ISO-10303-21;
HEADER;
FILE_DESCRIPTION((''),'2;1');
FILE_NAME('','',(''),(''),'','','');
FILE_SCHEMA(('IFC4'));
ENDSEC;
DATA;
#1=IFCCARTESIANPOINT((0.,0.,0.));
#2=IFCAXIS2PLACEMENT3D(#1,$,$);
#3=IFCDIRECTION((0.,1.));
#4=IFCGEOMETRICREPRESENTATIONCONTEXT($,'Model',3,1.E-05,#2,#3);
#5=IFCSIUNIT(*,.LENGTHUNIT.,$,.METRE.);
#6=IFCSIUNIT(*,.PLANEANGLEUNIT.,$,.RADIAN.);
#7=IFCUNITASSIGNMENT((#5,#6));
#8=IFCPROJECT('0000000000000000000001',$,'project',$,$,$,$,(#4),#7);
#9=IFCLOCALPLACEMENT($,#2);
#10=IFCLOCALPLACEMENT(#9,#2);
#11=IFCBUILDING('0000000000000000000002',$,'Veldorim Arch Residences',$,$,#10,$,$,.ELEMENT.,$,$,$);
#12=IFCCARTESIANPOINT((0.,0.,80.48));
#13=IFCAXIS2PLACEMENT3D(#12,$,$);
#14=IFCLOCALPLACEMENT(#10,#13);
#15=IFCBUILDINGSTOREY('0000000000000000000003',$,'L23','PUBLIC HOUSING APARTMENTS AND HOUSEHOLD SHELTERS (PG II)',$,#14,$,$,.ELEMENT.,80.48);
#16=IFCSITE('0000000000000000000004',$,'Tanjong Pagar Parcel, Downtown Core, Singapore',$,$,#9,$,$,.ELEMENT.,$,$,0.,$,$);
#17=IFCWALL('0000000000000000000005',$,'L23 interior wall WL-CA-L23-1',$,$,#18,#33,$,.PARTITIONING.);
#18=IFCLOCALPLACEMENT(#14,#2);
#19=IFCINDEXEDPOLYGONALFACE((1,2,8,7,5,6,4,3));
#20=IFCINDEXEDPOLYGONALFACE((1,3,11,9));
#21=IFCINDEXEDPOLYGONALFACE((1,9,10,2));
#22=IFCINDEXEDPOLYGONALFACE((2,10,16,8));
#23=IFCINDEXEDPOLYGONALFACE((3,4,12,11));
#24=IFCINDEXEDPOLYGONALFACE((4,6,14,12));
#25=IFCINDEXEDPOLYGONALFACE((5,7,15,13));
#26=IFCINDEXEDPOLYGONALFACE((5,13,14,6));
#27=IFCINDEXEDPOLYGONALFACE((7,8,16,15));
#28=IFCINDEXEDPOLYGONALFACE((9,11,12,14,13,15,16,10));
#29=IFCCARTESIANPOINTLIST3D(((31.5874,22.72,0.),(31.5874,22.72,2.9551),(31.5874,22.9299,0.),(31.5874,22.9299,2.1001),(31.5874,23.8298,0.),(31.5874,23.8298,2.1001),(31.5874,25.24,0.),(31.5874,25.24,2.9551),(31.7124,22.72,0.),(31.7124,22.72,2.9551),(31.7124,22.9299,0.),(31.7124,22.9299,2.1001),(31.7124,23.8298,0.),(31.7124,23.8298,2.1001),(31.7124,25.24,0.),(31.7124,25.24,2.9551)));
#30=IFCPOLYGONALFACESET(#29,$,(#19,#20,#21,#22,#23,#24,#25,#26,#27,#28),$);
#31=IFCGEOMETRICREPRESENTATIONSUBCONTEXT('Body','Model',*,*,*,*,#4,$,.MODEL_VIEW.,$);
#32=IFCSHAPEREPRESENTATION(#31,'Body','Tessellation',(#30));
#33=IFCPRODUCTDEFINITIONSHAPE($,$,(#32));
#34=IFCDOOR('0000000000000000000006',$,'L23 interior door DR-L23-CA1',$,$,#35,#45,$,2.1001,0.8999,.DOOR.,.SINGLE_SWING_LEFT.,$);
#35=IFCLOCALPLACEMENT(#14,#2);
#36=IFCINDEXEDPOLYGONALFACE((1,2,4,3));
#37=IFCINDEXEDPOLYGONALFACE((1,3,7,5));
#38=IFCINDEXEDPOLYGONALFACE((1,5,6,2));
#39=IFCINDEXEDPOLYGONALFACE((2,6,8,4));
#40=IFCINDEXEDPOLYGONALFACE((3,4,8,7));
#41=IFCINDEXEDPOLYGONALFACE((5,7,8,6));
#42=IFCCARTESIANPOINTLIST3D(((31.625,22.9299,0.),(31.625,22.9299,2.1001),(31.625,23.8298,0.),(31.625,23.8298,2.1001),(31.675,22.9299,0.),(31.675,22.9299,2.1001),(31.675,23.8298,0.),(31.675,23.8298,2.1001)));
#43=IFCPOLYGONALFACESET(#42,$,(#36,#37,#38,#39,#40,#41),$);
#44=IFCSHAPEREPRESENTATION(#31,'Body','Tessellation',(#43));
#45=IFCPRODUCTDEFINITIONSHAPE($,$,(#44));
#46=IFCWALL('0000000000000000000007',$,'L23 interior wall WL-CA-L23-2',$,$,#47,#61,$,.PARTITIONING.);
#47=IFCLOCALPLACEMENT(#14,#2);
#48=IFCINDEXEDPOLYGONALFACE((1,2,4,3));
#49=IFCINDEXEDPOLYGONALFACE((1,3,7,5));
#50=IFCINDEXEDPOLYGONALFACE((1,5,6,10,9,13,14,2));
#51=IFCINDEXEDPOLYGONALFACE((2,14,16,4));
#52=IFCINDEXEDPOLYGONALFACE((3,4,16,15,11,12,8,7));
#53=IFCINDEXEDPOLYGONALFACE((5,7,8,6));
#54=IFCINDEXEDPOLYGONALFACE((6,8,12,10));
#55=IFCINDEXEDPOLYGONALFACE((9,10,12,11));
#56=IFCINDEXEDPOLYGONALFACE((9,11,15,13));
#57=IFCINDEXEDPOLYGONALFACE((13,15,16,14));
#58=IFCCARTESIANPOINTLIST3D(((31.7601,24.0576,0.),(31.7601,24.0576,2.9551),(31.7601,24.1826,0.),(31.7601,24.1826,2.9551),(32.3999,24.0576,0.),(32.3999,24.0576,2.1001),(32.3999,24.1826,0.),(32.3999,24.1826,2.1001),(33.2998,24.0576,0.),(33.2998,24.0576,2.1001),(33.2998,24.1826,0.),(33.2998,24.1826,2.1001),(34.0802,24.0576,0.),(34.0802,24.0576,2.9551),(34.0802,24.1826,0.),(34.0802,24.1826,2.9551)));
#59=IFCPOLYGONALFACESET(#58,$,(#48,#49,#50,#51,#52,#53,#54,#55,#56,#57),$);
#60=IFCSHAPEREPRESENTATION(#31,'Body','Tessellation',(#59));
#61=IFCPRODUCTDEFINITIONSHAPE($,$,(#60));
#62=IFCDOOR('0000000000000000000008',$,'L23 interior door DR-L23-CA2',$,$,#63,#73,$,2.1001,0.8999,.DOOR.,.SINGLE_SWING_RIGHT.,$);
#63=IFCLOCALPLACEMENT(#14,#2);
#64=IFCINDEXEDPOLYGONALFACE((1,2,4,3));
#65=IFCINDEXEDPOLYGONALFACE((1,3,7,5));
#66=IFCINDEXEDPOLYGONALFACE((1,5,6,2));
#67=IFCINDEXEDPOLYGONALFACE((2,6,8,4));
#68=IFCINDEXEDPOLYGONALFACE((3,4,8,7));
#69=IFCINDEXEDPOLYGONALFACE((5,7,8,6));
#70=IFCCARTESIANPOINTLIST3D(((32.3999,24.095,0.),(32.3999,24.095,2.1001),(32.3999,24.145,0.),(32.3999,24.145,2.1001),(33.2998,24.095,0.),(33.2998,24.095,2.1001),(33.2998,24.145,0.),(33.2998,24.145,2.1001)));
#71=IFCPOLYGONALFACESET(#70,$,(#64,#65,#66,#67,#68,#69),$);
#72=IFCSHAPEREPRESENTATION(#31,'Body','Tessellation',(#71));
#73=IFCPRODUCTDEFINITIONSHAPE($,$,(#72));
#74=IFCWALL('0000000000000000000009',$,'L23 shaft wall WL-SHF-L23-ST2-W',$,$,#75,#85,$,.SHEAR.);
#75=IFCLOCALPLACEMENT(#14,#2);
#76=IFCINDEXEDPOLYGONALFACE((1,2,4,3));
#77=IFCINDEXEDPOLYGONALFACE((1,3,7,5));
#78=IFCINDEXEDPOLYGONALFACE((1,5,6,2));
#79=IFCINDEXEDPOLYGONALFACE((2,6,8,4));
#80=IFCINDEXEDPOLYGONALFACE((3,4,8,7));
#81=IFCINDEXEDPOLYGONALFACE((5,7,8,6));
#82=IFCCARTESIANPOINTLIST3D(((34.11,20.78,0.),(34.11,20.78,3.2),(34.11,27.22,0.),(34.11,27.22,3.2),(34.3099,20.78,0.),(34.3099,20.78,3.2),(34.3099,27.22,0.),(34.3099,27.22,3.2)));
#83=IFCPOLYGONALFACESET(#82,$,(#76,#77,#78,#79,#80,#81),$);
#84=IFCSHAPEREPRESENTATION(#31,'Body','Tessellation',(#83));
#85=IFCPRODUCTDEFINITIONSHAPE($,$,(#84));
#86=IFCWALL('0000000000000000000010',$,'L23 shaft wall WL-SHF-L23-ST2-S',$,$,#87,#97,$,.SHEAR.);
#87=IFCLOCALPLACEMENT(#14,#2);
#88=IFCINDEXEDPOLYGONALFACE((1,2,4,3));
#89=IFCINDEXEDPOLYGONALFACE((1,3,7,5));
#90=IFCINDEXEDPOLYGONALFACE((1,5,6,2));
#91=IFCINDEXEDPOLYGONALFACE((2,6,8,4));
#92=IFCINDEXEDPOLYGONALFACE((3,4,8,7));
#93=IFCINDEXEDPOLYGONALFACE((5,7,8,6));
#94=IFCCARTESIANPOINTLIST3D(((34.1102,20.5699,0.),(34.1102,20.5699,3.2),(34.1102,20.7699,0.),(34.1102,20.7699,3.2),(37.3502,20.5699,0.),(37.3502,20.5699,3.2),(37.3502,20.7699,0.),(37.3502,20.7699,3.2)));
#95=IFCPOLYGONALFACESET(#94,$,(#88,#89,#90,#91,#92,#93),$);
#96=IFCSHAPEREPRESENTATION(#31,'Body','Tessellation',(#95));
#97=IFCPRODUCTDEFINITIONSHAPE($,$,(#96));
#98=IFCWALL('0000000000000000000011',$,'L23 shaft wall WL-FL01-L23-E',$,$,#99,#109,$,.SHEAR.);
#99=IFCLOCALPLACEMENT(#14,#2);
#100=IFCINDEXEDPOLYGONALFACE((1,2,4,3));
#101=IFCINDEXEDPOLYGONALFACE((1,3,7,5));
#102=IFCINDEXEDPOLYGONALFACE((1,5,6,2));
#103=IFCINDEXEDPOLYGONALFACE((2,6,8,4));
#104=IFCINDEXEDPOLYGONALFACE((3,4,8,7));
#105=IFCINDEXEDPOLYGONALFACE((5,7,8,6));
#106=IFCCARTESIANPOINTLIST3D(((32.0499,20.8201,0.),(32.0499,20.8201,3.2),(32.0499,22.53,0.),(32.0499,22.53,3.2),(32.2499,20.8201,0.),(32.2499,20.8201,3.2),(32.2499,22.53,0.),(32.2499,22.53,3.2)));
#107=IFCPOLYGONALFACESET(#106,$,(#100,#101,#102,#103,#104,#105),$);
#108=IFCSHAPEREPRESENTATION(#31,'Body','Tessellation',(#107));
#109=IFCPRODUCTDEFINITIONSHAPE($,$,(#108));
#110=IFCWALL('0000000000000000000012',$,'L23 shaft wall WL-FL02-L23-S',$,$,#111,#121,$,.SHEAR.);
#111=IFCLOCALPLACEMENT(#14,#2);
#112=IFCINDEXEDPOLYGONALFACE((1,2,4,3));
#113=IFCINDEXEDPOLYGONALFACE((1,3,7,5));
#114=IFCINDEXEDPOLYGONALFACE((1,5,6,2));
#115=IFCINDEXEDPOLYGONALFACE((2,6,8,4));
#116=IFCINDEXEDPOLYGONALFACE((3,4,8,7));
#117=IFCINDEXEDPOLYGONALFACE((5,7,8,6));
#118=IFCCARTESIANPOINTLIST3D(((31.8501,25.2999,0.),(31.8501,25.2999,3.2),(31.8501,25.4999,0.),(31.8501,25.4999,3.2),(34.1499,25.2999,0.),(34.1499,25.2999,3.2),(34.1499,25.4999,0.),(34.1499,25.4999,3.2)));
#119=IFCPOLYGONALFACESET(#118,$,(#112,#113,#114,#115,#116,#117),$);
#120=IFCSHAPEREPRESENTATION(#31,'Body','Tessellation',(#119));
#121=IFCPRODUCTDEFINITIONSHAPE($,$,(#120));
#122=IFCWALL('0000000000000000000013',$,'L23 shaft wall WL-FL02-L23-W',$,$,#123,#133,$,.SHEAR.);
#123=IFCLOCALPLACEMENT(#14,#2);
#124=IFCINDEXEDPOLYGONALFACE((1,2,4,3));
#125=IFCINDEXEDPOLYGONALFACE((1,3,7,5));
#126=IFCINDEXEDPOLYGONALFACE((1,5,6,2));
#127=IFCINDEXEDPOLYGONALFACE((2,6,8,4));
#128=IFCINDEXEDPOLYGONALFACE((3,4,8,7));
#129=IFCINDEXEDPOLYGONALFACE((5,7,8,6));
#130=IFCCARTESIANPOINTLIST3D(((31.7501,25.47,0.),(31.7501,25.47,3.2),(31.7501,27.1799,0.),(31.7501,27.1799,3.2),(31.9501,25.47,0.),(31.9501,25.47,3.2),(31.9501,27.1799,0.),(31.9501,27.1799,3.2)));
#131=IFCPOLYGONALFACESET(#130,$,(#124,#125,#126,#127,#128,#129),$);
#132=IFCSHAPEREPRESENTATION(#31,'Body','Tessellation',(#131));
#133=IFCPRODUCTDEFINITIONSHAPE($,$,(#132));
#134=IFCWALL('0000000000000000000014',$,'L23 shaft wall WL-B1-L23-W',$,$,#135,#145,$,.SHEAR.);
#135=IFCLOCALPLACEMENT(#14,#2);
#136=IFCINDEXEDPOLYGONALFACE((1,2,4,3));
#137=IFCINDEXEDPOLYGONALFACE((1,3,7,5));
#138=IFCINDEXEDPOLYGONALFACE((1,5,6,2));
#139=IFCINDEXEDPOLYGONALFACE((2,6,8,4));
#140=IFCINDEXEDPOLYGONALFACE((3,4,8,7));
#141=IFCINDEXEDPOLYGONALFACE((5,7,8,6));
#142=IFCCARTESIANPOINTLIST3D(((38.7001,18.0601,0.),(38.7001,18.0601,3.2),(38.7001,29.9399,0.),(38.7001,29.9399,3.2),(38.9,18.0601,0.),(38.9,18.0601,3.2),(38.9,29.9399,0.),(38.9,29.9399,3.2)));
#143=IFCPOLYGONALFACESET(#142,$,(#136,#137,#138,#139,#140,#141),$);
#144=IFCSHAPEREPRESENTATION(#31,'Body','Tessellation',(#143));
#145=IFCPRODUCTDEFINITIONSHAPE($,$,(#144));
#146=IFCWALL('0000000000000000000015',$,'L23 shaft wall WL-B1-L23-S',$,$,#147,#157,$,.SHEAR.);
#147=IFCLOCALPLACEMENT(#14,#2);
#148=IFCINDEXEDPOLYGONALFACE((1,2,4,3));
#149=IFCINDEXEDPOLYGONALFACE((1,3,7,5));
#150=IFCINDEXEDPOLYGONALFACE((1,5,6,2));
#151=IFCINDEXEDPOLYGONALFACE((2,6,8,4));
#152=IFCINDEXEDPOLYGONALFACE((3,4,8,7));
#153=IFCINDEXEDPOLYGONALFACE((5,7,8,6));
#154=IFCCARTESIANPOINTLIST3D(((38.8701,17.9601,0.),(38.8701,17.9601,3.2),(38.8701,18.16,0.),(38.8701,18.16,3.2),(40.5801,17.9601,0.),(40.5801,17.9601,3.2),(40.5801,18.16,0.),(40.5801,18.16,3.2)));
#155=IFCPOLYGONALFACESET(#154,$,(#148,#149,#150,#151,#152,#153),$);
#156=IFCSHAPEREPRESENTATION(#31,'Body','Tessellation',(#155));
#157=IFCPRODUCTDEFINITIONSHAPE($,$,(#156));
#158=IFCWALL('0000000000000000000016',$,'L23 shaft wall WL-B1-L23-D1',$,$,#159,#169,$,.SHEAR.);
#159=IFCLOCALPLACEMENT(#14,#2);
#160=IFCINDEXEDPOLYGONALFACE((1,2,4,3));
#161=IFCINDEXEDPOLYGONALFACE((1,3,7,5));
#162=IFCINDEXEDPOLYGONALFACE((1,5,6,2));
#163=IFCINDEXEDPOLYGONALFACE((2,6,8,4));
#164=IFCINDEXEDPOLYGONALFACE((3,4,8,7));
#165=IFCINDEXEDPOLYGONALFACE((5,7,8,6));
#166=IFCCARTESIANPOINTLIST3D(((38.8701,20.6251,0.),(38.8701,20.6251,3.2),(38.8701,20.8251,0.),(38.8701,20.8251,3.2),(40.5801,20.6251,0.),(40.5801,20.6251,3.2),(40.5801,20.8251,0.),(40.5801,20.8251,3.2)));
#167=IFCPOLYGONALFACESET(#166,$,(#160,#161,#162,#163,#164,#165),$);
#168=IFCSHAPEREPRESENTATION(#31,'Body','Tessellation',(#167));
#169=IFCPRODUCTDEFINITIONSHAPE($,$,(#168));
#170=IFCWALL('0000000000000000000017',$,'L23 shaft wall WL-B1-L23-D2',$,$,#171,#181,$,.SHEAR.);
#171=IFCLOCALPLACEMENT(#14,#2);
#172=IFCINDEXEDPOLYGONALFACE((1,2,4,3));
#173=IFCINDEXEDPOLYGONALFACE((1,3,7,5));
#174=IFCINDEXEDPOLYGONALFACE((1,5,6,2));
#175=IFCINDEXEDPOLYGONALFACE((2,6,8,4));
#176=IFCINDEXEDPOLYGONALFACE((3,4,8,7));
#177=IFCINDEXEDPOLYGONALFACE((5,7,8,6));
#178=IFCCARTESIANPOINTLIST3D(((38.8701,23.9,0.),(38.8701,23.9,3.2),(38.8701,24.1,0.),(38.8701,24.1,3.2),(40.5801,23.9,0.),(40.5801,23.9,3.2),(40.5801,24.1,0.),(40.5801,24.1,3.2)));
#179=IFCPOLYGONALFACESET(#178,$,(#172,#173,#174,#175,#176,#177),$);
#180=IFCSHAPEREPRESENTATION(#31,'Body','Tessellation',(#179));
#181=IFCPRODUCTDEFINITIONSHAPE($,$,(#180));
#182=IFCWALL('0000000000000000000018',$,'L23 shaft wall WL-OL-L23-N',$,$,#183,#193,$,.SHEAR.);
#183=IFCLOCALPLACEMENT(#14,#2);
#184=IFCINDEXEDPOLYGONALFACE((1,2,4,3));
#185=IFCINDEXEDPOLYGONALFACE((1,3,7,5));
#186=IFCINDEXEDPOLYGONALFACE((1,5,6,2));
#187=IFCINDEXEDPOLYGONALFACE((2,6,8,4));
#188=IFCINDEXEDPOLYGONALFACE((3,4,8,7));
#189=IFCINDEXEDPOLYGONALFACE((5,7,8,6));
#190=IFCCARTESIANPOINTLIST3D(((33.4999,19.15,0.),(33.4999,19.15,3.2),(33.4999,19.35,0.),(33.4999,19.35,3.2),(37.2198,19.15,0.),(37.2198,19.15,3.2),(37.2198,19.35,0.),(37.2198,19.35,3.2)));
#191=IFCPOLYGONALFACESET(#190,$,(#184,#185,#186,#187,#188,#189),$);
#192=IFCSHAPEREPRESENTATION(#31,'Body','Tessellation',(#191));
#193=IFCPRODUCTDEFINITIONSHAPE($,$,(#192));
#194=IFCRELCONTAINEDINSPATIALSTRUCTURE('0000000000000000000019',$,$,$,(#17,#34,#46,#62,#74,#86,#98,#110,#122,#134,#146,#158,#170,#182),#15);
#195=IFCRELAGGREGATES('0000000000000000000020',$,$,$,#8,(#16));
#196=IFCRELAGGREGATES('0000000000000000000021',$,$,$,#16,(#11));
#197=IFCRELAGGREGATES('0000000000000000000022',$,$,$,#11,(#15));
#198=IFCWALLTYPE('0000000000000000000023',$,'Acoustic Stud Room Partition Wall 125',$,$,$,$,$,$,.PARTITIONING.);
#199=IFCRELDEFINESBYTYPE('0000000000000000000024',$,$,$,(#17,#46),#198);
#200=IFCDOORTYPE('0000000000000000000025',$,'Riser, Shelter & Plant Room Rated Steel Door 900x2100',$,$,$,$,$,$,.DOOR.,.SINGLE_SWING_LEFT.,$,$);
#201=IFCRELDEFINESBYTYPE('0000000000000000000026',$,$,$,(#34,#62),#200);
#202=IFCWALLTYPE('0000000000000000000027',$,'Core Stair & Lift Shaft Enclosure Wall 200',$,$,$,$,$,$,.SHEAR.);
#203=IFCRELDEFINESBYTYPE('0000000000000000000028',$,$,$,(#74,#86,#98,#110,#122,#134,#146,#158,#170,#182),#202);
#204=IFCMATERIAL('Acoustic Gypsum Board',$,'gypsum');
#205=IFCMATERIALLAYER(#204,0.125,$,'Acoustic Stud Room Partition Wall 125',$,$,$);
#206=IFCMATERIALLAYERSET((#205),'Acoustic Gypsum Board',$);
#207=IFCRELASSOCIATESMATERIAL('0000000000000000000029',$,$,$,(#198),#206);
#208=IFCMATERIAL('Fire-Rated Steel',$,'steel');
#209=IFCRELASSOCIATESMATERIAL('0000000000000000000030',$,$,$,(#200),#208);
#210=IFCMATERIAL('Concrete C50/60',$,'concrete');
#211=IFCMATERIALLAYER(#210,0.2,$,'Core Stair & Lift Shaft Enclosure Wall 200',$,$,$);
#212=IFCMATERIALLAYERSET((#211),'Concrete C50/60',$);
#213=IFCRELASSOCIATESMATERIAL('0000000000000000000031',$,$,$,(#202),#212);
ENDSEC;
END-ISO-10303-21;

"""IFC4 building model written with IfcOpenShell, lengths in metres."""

from ifc_helpers import new_model, si_unit, direction, frame, frame_2d, origin, place, context, subcontext, project, spatial, rectangle, extrude, material, layer, layer_set, type_object, element, fill, save


model = new_model("IFC4")

# Units and contexts
model_context = context("Model", 3, precision=1e-05, world=origin(), true_north=direction((0.0, 1.0)))
body_context = subcontext(model_context, "Body", "Model", "MODEL_VIEW")
ifc_project = project(units=[si_unit("LENGTHUNIT", "METRE"), si_unit("PLANEANGLEUNIT", "RADIAN")], contexts=[model_context])

# Site, building, storey
site_placement = place(None, origin())
site = spatial("IfcSite", under=ifc_project, at=site_placement, Name="Tanjong Pagar Parcel, Downtown Core, Singapore", CompositionType="ELEMENT", RefElevation=0.0)
building_placement = place(site_placement, origin())
building = spatial("IfcBuilding", under=site, at=building_placement, Name="Veldorim Arch Residences", CompositionType="ELEMENT")
storey_placement = place(building_placement, frame((0.0, 0.0, 80.48)))
storey = spatial("IfcBuildingStorey", under=building, at=storey_placement, Name="L23", Description="PUBLIC HOUSING APARTMENTS AND HOUSEHOLD SHELTERS (PG II)", CompositionType="ELEMENT", Elevation=80.48)

# Walls, openings, doors
ifc_material_1 = material(Name="Acoustic Gypsum Board", Category="gypsum")
ifc_layer_1 = layer(ifc_material_1, 0.125, Name="Acoustic Stud Room Partition Wall 125")
ifc_layer_set_1 = layer_set([ifc_layer_1], Name="Acoustic Gypsum Board")
wall_type_1 = type_object("IfcWallType", Name="Acoustic Stud Room Partition Wall 125", PredefinedType="PARTITIONING", material=ifc_layer_set_1)
wall_1_placement = place(storey_placement, frame((31.6499, 22.72, 0.0), z_axis=(0.0, 0.0, 1.0), x_axis=(0.0, 1.0, 0.0)))
wall_1 = element("IfcWall", 1, at=wall_1_placement, inside=storey, type_object=wall_type_1, Name="L23 interior wall WL-CA-L23-1", PredefinedType="PARTITIONING", context=body_context, shape_type="SweptSolid", body=[
    extrude(rectangle(XDim=2.52, YDim=0.125, at=frame_2d((1.26, 0.0))), origin(), (0.0, 0.0, 1.0), 2.9551),
])
opening_1_placement = place(wall_1_placement, frame((0.21, 0.0, 0.0)))
opening_1 = element("IfcOpeningElement", 2, at=opening_1_placement, cuts=wall_1, PredefinedType="OPENING", context=body_context, shape_type="SweptSolid", body=[
    extrude(rectangle(XDim=0.8999, YDim=2.1001, at=frame_2d((0.45, 1.05))), frame((0.0, 0.0725, 0.0), z_axis=(0.0, -1.0, 0.0), x_axis=(1.0, 0.0, 0.0)), (0.0, 0.0, 1.0), 0.145),
])
ifc_material_2 = material(Name="Fire-Rated Steel", Category="steel")
door_type = type_object("IfcDoorType", Name="Riser, Shelter & Plant Room Rated Steel Door 900x2100", OperationType="SINGLE_SWING_LEFT", PredefinedType="DOOR", material=ifc_material_2)
door_1_placement = place(opening_1_placement, origin())
door_1 = element("IfcDoor", 3, at=door_1_placement, inside=storey, type_object=door_type, Name="L23 interior door DR-L23-CA1", OperationType="SINGLE_SWING_LEFT", OverallHeight=2.1001, OverallWidth=0.8999, PredefinedType="DOOR", context=body_context, shape_type="SweptSolid", body=[
    extrude(rectangle(XDim=0.8999, YDim=2.1001, at=frame_2d((0.45, 1.05))), frame((0.0, 0.0249, 0.0), z_axis=(0.0, -1.0, 0.0), x_axis=(1.0, 0.0, 0.0)), (0.0, 0.0, 1.0), 0.05),
])
fill(opening_1, door_1)
wall_2_placement = place(storey_placement, frame((31.76, 24.1201, 0.0), z_axis=(0.0, 0.0, 1.0), x_axis=(1.0, 0.0, 0.0)))
wall_2 = element("IfcWall", 4, at=wall_2_placement, inside=storey, type_object=wall_type_1, Name="L23 interior wall WL-CA-L23-2", PredefinedType="PARTITIONING", context=body_context, shape_type="SweptSolid", body=[
    extrude(rectangle(XDim=2.3201, YDim=0.125, at=frame_2d((1.1602, 0.0))), origin(), (0.0, 0.0, 1.0), 2.9551),
])
opening_2_placement = place(wall_2_placement, frame((0.6399, 0.0, 0.0)))
opening_2 = element("IfcOpeningElement", 5, at=opening_2_placement, cuts=wall_2, PredefinedType="OPENING", context=body_context, shape_type="SweptSolid", body=[
    extrude(rectangle(XDim=0.8999, YDim=2.1001, at=frame_2d((0.45, 1.05))), frame((0.0, 0.0725, 0.0), z_axis=(0.0, -1.0, 0.0), x_axis=(1.0, 0.0, 0.0)), (0.0, 0.0, 1.0), 0.145),
])
door_2_placement = place(opening_2_placement, origin())
door_2 = element("IfcDoor", 6, at=door_2_placement, inside=storey, type_object=door_type, Name="L23 interior door DR-L23-CA2", OperationType="SINGLE_SWING_RIGHT", OverallHeight=2.1001, OverallWidth=0.8999, PredefinedType="DOOR", context=body_context, shape_type="SweptSolid", body=[
    extrude(rectangle(XDim=0.8999, YDim=2.1001, at=frame_2d((0.45, 1.05))), frame((0.0, 0.0249, 0.0), z_axis=(0.0, -1.0, 0.0), x_axis=(1.0, 0.0, 0.0)), (0.0, 0.0, 1.0), 0.05),
])
fill(opening_2, door_2)

# Walls
ifc_material_3 = material(Name="Concrete C50/60", Category="concrete")
ifc_layer_2 = layer(ifc_material_3, 0.2, Name="Core Stair & Lift Shaft Enclosure Wall 200")
ifc_layer_set_2 = layer_set([ifc_layer_2], Name="Concrete C50/60")
wall_type_2 = type_object("IfcWallType", Name="Core Stair & Lift Shaft Enclosure Wall 200", PredefinedType="SHEAR", material=ifc_layer_set_2)
wall_3_placement = place(storey_placement, frame((34.21, 20.78, 0.0), z_axis=(0.0, 0.0, 1.0), x_axis=(0.0, 1.0, 0.0)))
element("IfcWall", 7, at=wall_3_placement, inside=storey, type_object=wall_type_2, Name="L23 shaft wall WL-SHF-L23-ST2-W", PredefinedType="SHEAR", context=body_context, shape_type="SweptSolid", body=[
    extrude(rectangle(XDim=6.4399, YDim=0.2, at=frame_2d((3.22, 0.0))), origin(), (0.0, 0.0, 1.0), 3.2),
])
wall_4_placement = place(storey_placement, frame((34.1101, 20.6699, 0.0), z_axis=(0.0, 0.0, 1.0), x_axis=(1.0, 0.0, 0.0)))
element("IfcWall", 8, at=wall_4_placement, inside=storey, type_object=wall_type_2, Name="L23 shaft wall WL-SHF-L23-ST2-S", PredefinedType="SHEAR", context=body_context, shape_type="SweptSolid", body=[
    extrude(rectangle(XDim=3.24, YDim=0.2, at=frame_2d((1.6201, 0.0))), origin(), (0.0, 0.0, 1.0), 3.2),
])
wall_5_placement = place(storey_placement, frame((32.1499, 20.8201, 0.0), z_axis=(0.0, 0.0, 1.0), x_axis=(0.0, 1.0, 0.0)))
element("IfcWall", 9, at=wall_5_placement, inside=storey, type_object=wall_type_2, Name="L23 shaft wall WL-FL01-L23-E", PredefinedType="SHEAR", context=body_context, shape_type="SweptSolid", body=[
    extrude(rectangle(XDim=1.71, YDim=0.2, at=frame_2d((0.855, 0.0))), origin(), (0.0, 0.0, 1.0), 3.2),
])
wall_6_placement = place(storey_placement, frame((31.8501, 25.3999, 0.0), z_axis=(0.0, 0.0, 1.0), x_axis=(1.0, 0.0, 0.0)))
element("IfcWall", 10, at=wall_6_placement, inside=storey, type_object=wall_type_2, Name="L23 shaft wall WL-FL02-L23-S", PredefinedType="SHEAR", context=body_context, shape_type="SweptSolid", body=[
    extrude(rectangle(XDim=2.2998, YDim=0.2, at=frame_2d((1.1499, 0.0))), origin(), (0.0, 0.0, 1.0), 3.2),
])
wall_7_placement = place(storey_placement, frame((31.8501, 25.47, 0.0), z_axis=(0.0, 0.0, 1.0), x_axis=(0.0, 1.0, 0.0)))
element("IfcWall", 11, at=wall_7_placement, inside=storey, type_object=wall_type_2, Name="L23 shaft wall WL-FL02-L23-W", PredefinedType="SHEAR", context=body_context, shape_type="SweptSolid", body=[
    extrude(rectangle(XDim=1.71, YDim=0.2, at=frame_2d((0.855, 0.0))), origin(), (0.0, 0.0, 1.0), 3.2),
])
wall_8_placement = place(storey_placement, frame((38.8, 18.0601, 0.0), z_axis=(0.0, 0.0, 1.0), x_axis=(0.0, 1.0, 0.0)))
element("IfcWall", 12, at=wall_8_placement, inside=storey, type_object=wall_type_2, Name="L23 shaft wall WL-B1-L23-W", PredefinedType="SHEAR", context=body_context, shape_type="SweptSolid", body=[
    extrude(rectangle(XDim=11.8799, YDim=0.2, at=frame_2d((5.9399, 0.0))), origin(), (0.0, 0.0, 1.0), 3.2),
])
for number, where, z_axis, x_axis, name in (
    (13, (38.8701, 18.0601, 0.0), (0.0, 0.0, 1.0), (1.0, 0.0, 0.0), "L23 shaft wall WL-B1-L23-S"),
    (14, (38.8701, 20.7251, 0.0), (0.0, 0.0, 1.0), (1.0, 0.0, 0.0), "L23 shaft wall WL-B1-L23-D1"),
    (15, (38.8701, 24.0, 0.0), (0.0, 0.0, 1.0), (1.0, 0.0, 0.0), "L23 shaft wall WL-B1-L23-D2"),
):
    element("IfcWall", number, at=place(storey_placement, frame(where, z_axis=z_axis, x_axis=x_axis)), inside=storey, type_object=wall_type_2, Name=name, PredefinedType="SHEAR", context=body_context, shape_type="SweptSolid", body=[
        extrude(rectangle(XDim=1.71, YDim=0.2, at=frame_2d((0.855, 0.0))), origin(), (0.0, 0.0, 1.0), 3.2),
    ])
wall_9_placement = place(storey_placement, frame((33.5, 19.25, 0.0), z_axis=(0.0, 0.0, 1.0), x_axis=(1.0, 0.0, 0.0)))
element("IfcWall", 16, at=wall_9_placement, inside=storey, type_object=wall_type_2, Name="L23 shaft wall WL-OL-L23-N", PredefinedType="SHEAR", context=body_context, shape_type="SweptSolid", body=[
    extrude(rectangle(XDim=3.72, YDim=0.2, at=frame_2d((1.8599, 0.0))), origin(), (0.0, 0.0, 1.0), 3.2),
])

save(model, "model.ifc")
